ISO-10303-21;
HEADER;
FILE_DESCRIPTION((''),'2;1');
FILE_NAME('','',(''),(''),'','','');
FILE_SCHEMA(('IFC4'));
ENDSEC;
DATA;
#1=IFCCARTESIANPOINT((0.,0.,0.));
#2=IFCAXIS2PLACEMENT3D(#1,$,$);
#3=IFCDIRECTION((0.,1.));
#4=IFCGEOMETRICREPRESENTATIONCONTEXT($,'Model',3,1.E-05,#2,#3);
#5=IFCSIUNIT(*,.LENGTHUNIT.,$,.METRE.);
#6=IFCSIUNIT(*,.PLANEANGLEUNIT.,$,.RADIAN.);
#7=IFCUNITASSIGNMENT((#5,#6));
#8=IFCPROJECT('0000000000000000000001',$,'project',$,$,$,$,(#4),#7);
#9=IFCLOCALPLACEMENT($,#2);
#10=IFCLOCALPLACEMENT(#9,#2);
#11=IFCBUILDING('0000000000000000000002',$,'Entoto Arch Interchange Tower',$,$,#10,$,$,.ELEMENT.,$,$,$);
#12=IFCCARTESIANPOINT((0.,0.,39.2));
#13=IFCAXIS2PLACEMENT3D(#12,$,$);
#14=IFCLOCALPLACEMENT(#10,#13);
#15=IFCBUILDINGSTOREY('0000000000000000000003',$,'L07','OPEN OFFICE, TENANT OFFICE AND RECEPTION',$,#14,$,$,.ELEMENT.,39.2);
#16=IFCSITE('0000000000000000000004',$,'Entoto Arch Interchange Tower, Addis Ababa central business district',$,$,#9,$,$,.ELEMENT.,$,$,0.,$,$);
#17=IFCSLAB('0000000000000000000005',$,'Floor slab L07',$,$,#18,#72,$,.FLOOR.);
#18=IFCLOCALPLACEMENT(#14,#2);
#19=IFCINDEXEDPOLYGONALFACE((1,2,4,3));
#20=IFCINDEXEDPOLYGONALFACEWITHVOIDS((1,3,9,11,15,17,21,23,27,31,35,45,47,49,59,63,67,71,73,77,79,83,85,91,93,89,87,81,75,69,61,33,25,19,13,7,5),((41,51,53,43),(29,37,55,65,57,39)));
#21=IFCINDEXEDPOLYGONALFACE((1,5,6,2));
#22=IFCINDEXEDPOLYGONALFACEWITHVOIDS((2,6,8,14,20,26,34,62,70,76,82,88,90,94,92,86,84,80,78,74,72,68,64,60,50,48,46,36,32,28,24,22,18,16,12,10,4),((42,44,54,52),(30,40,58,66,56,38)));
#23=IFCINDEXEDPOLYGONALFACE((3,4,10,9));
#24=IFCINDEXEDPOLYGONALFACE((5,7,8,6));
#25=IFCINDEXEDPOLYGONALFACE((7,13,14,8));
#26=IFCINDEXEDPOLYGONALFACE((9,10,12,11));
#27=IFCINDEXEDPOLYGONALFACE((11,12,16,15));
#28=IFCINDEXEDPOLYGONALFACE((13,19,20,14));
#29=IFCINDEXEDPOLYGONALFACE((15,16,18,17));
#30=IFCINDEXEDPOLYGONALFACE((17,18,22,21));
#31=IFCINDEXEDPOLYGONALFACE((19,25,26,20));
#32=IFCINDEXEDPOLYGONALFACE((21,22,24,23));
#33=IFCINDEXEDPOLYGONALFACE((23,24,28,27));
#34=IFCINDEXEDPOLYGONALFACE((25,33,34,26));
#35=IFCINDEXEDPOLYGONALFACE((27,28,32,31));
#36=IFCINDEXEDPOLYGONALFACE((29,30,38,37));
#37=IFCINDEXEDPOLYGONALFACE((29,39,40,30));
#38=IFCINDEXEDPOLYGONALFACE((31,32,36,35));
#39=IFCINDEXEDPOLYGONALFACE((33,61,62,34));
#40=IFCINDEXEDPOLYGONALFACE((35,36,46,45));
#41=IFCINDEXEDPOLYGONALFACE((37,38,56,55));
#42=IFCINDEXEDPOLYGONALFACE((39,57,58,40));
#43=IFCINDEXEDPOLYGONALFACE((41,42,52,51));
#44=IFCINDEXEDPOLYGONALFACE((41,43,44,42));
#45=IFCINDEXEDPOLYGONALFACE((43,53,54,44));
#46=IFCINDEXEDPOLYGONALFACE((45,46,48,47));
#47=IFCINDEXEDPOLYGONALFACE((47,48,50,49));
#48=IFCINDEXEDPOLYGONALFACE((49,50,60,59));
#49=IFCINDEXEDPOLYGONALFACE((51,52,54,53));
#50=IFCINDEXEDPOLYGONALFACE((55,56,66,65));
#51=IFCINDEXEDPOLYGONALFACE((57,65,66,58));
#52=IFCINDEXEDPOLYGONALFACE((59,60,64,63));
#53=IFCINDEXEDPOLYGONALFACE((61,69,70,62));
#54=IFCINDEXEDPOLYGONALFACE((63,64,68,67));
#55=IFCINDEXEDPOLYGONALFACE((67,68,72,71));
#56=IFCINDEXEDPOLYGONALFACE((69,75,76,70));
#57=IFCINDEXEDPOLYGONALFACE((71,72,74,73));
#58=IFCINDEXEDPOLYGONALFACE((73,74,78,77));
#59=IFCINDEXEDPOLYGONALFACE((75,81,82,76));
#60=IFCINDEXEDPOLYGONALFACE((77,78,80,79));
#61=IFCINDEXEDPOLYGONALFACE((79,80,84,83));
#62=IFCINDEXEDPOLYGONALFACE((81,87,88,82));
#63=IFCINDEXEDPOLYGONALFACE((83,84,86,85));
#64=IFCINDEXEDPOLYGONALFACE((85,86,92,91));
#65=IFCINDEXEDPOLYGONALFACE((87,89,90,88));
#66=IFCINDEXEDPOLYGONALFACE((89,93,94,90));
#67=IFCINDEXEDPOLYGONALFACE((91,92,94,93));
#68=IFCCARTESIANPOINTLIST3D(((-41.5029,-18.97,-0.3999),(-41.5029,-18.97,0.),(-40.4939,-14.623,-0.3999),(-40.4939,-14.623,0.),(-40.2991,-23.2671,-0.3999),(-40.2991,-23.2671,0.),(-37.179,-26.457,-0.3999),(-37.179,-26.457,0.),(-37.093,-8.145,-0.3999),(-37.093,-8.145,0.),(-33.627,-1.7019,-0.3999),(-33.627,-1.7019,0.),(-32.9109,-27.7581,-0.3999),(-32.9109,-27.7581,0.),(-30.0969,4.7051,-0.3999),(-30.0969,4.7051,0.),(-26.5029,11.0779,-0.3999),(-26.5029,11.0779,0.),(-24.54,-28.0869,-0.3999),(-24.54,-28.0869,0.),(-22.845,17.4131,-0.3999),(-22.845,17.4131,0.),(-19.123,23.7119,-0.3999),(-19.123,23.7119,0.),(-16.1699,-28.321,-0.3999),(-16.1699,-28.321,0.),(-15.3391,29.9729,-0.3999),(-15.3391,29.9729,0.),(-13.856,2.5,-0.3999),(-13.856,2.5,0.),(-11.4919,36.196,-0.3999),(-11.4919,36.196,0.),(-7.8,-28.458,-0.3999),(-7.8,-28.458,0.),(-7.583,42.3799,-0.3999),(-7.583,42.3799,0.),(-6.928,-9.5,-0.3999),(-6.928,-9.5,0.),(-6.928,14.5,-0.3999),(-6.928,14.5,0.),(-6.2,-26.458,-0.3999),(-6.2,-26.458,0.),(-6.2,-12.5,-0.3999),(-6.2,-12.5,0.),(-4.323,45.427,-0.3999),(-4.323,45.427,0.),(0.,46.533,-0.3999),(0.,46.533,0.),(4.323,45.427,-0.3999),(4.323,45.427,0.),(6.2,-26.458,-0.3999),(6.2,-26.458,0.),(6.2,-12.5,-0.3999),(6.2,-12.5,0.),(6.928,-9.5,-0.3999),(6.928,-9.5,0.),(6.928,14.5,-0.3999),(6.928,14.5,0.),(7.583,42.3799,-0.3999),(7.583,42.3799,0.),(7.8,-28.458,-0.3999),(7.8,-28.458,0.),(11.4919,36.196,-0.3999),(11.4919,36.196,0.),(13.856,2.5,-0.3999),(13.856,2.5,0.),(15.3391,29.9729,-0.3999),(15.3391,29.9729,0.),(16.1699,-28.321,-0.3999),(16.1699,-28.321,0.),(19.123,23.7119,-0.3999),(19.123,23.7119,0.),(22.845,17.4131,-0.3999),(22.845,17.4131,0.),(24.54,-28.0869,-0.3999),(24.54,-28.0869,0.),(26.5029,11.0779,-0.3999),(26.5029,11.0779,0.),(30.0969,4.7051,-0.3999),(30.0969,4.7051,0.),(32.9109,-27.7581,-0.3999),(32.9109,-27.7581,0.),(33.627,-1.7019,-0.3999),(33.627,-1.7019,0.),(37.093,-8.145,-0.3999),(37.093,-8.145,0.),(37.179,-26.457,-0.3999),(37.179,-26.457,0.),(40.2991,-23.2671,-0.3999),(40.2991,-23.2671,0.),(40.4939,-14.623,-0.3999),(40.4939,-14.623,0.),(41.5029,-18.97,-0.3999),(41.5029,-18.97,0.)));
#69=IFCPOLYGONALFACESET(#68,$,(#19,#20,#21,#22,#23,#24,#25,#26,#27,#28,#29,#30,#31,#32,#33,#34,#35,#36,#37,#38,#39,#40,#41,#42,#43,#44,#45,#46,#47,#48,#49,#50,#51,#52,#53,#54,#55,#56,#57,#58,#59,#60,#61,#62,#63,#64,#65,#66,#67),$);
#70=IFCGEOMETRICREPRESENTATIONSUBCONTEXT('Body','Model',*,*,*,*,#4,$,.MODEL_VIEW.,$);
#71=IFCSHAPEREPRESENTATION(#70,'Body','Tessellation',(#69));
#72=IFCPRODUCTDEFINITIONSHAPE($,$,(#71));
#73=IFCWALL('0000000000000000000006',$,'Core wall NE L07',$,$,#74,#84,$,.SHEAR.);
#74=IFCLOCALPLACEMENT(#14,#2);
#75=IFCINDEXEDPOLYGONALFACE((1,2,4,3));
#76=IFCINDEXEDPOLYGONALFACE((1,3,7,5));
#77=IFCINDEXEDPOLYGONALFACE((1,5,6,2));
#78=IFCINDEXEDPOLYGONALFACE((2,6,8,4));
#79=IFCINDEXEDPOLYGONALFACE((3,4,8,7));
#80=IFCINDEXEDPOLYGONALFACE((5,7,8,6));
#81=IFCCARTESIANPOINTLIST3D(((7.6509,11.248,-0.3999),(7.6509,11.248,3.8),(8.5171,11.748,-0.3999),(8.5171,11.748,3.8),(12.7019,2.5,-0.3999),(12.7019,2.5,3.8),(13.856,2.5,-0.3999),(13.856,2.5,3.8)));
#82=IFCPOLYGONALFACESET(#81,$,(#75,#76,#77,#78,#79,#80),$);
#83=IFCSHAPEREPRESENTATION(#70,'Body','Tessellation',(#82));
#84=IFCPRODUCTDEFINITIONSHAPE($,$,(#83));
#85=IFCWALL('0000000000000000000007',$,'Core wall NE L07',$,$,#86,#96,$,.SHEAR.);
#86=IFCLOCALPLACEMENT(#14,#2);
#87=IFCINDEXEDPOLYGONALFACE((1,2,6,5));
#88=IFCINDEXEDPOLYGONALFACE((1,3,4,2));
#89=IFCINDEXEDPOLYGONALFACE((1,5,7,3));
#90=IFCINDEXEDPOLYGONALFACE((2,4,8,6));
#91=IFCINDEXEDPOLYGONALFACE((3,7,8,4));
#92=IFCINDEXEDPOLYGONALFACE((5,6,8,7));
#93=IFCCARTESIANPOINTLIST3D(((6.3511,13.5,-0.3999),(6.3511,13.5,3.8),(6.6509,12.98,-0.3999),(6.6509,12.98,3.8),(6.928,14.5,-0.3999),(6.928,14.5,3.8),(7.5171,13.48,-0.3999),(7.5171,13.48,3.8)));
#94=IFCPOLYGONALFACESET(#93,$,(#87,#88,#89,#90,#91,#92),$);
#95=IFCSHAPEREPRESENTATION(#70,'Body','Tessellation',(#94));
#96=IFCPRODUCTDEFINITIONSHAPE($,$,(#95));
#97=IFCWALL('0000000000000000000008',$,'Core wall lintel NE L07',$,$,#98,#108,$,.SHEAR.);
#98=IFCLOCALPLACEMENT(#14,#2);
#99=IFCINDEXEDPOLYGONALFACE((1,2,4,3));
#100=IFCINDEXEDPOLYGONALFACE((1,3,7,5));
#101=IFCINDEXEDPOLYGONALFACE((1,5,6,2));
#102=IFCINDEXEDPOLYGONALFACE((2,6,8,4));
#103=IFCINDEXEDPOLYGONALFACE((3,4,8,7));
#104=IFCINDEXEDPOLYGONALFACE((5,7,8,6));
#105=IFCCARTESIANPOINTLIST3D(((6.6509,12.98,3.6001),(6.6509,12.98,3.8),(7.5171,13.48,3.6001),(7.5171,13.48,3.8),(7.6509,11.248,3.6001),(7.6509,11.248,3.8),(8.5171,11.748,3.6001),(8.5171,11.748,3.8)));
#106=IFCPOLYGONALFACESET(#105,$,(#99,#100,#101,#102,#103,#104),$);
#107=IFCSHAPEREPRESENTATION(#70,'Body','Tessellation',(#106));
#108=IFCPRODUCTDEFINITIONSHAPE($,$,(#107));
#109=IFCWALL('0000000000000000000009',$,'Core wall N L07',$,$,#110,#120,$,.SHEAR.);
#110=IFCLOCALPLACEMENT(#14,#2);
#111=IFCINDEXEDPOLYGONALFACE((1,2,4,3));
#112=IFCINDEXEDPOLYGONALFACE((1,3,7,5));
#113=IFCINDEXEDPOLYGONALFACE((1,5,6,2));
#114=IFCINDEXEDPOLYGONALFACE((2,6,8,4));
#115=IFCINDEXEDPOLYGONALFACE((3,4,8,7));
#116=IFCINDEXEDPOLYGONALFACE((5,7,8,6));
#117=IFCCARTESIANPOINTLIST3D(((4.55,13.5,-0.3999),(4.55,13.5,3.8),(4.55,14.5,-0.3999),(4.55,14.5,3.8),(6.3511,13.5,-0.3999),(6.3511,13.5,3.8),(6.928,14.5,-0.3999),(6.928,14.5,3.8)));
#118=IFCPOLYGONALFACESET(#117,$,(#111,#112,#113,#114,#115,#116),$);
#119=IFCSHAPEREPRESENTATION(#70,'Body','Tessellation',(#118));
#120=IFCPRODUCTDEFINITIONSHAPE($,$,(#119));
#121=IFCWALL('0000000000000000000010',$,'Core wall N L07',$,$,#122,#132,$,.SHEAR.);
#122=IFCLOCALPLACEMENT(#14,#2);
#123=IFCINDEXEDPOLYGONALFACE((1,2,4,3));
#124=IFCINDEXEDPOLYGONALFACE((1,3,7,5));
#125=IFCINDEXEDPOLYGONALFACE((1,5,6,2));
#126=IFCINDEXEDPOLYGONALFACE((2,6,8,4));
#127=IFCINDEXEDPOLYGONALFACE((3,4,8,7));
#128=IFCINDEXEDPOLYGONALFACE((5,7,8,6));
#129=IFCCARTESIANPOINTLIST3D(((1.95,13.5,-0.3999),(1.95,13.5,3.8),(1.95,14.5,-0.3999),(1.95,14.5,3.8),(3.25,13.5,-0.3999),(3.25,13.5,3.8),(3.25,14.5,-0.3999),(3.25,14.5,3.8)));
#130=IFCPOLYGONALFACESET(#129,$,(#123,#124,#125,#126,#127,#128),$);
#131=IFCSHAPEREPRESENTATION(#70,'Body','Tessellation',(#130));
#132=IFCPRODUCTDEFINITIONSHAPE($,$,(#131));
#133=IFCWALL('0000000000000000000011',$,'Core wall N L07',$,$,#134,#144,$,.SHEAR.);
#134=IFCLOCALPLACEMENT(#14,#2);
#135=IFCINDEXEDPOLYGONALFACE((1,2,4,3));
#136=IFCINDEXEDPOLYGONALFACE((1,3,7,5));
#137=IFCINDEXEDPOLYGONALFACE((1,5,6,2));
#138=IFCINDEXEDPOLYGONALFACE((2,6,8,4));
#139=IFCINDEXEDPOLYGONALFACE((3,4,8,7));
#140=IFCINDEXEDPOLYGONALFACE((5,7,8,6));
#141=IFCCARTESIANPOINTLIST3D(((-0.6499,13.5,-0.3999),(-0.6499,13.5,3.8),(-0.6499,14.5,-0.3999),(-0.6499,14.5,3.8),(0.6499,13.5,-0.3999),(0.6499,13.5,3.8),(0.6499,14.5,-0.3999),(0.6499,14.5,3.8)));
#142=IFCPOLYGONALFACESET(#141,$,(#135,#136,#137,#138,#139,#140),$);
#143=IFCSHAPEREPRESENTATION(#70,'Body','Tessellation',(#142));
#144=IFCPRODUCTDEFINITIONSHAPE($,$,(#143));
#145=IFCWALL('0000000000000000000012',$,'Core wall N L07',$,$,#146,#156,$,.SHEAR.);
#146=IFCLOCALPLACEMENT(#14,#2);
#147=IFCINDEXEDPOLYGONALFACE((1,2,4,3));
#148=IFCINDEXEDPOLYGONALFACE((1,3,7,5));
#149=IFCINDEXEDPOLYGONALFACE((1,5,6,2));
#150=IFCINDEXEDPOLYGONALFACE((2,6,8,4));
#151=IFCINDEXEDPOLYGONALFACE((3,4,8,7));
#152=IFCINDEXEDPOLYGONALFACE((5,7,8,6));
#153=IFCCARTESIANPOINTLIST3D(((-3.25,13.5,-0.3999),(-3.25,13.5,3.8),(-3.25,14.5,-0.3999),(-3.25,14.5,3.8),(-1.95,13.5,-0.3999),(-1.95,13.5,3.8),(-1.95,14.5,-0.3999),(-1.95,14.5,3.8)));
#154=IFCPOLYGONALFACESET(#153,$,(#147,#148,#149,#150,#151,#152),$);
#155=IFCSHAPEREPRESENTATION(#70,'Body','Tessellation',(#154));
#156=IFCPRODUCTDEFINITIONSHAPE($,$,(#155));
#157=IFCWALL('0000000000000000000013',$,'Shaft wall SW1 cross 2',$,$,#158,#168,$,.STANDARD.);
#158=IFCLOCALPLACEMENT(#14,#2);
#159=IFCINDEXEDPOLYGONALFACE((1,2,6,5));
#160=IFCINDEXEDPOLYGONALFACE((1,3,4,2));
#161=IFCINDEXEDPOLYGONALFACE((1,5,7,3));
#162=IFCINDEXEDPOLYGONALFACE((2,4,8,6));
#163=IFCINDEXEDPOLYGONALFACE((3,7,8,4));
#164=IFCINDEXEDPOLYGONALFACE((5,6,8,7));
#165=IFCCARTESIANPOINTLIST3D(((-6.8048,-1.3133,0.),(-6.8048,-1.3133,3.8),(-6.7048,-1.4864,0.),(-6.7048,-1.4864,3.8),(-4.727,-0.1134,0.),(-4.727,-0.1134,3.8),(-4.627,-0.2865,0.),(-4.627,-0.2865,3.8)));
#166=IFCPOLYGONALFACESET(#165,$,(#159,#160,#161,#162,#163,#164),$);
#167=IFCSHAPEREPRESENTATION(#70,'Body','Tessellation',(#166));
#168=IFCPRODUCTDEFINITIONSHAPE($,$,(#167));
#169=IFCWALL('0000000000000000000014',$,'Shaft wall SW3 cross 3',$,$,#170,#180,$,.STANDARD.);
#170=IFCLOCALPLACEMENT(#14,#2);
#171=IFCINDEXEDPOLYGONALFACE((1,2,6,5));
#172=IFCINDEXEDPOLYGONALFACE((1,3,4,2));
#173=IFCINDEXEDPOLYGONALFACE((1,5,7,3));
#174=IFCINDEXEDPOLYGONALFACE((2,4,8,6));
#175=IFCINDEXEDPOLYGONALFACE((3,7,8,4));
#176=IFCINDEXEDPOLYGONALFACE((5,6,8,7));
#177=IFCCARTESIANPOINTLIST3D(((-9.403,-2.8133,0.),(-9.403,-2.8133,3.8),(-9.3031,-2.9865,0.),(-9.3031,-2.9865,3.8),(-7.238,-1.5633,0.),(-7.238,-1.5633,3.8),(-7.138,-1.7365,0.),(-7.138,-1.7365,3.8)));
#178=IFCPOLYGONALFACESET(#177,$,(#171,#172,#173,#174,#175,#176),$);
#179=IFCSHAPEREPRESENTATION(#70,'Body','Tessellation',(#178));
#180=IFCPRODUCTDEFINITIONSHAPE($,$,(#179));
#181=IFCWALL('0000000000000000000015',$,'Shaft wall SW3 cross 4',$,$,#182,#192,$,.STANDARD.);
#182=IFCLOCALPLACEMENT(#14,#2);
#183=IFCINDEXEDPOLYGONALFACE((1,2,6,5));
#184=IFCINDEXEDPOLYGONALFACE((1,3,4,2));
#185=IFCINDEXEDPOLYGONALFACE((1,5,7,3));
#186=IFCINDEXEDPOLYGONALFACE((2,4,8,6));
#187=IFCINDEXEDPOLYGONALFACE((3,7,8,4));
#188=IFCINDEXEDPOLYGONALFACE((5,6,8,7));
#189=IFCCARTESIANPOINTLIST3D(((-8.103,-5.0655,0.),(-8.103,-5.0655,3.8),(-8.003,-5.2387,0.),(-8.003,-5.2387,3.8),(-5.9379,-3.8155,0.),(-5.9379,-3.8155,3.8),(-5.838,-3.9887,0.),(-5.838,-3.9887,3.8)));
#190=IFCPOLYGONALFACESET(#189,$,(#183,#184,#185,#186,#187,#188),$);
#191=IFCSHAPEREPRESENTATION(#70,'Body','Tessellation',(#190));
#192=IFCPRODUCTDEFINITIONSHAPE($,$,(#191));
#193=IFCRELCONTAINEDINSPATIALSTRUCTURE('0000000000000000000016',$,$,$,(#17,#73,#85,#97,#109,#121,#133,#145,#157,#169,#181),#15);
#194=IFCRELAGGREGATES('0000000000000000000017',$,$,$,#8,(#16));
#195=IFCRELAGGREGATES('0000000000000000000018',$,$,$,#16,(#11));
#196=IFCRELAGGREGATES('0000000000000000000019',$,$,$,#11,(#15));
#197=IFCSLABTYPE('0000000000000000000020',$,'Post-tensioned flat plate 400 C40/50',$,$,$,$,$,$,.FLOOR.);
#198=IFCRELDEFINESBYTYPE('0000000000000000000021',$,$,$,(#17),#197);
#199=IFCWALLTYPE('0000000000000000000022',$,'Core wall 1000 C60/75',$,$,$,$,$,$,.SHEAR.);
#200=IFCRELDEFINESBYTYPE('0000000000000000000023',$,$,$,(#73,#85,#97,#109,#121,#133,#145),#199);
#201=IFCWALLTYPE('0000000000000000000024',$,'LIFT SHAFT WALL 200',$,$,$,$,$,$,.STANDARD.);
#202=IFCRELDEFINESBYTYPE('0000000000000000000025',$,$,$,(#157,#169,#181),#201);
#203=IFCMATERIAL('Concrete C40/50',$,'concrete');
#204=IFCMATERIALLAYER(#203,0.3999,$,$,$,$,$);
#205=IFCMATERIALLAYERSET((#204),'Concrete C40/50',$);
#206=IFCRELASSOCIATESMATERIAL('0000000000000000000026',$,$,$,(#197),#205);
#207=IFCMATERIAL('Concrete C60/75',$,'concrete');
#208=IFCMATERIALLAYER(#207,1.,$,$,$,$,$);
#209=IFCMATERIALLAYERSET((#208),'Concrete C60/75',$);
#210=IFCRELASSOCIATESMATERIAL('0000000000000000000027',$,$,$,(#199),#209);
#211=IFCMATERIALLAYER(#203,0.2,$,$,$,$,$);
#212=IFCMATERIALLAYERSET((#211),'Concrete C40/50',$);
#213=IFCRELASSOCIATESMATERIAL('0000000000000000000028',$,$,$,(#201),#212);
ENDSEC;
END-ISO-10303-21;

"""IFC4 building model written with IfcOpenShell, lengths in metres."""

from ifc_helpers import new_model, si_unit, direction, frame, frame_2d, origin, place, context, subcontext, project, spatial, polyline, rectangle, outline, extrude, material, layer, layer_set, type_object, element, save


model = new_model("IFC4")

# Units and contexts
model_context = context("Model", 3, precision=1e-05, world=origin(), true_north=direction((0.0, 1.0)))
body_context = subcontext(model_context, "Body", "Model", "MODEL_VIEW")
ifc_project = project(units=[si_unit("LENGTHUNIT", "METRE"), si_unit("PLANEANGLEUNIT", "RADIAN")], contexts=[model_context])

# Site, building, storey
site_placement = place(None, origin())
site = spatial("IfcSite", under=ifc_project, at=site_placement, Name="Entoto Arch Interchange Tower, Addis Ababa central business district", CompositionType="ELEMENT", RefElevation=0.0)
building_placement = place(site_placement, origin())
building = spatial("IfcBuilding", under=site, at=building_placement, Name="Entoto Arch Interchange Tower", CompositionType="ELEMENT")
storey_placement = place(building_placement, frame((0.0, 0.0, 39.2)))
storey = spatial("IfcBuildingStorey", under=building, at=storey_placement, Name="L07", Description="OPEN OFFICE, TENANT OFFICE AND RECEPTION", CompositionType="ELEMENT", Elevation=39.2)

# Slab
ifc_material_1 = material(Name="Concrete C40/50", Category="concrete")
ifc_layer_1 = layer(ifc_material_1, 0.3999)
ifc_layer_set_1 = layer_set([ifc_layer_1], Name="Concrete C40/50")
slab_type = type_object("IfcSlabType", Name="Post-tensioned flat plate 400 C40/50", PredefinedType="FLOOR", material=ifc_layer_set_1)
slab_placement = place(storey_placement, frame((0.0, 0.0, -0.3999)))
element("IfcSlab", 1, at=slab_placement, inside=storey, type_object=slab_type, Name="Floor slab L07", PredefinedType="FLOOR", context=body_context, shape_type="SweptSolid", body=[
    extrude(outline(polyline([(-32.9109, -27.7581), (-24.54, -28.0869), (-16.1699, -28.321), (-7.8, -28.458), (7.8, -28.458), (16.1699, -28.321), (24.54, -28.0869), (32.9109, -27.7581), (37.179, -26.457), (40.2991, -23.2671), (41.5029, -18.97), (40.4939, -14.623), (37.093, -8.145), (33.627, -1.7019), (30.0969, 4.7051), (26.5029, 11.0779), (22.845, 17.4131), (19.123, 23.7119), (15.3391, 29.9729), (11.4919, 36.196), (7.583, 42.3799), (4.323, 45.427), (0.0, 46.533), (-4.323, 45.427), (-7.583, 42.3799), (-11.4919, 36.196), (-15.3391, 29.9729), (-19.123, 23.7119), (-22.845, 17.4131), (-26.5029, 11.0779), (-30.0969, 4.7051), (-33.627, -1.7019), (-37.093, -8.145), (-40.4939, -14.623), (-41.5029, -18.97), (-40.2991, -23.2671), (-37.179, -26.457), (-32.9109, -27.7581)]), holes=[polyline([(6.2, -26.458), (6.2, -12.5), (-6.2, -12.5), (-6.2, -26.458), (6.2, -26.458)]), polyline([(13.856, 2.5), (6.928, 14.5), (-6.928, 14.5), (-13.856, 2.5), (-6.928, -9.5), (6.928, -9.5), (13.856, 2.5)])]), origin(), (0.0, 0.0, 1.0), 0.3999),
])

# Walls
ifc_material_2 = material(Name="Concrete C60/75", Category="concrete")
ifc_layer_2 = layer(ifc_material_2, 1.0)
ifc_layer_set_2 = layer_set([ifc_layer_2], Name="Concrete C60/75")
wall_type_1 = type_object("IfcWallType", Name="Core wall 1000 C60/75", PredefinedType="SHEAR", material=ifc_layer_set_2)
wall_1_placement = place(storey_placement, frame((0.0, 0.0, -0.3999)))
element("IfcWall", 2, at=wall_1_placement, inside=storey, type_object=wall_type_1, Name="Core wall NE L07", PredefinedType="SHEAR", context=body_context, shape_type="SweptSolid", body=[
    extrude(outline(polyline([(8.5171, 11.748), (7.6509, 11.248), (12.7019, 2.5), (13.856, 2.5), (8.5171, 11.748)])), origin(), (0.0, 0.0, 1.0), 4.2),
])
wall_2_placement = place(storey_placement, frame((0.0, 0.0, -0.3999)))
element("IfcWall", 3, at=wall_2_placement, inside=storey, type_object=wall_type_1, Name="Core wall NE L07", PredefinedType="SHEAR", context=body_context, shape_type="SweptSolid", body=[
    extrude(outline(polyline([(6.6509, 12.98), (7.5171, 13.48), (6.928, 14.5), (6.3511, 13.5), (6.6509, 12.98)])), origin(), (0.0, 0.0, 1.0), 4.2),
])
wall_3_placement = place(storey_placement, frame((0.0, 0.0, 3.6001)))
element("IfcWall", 4, at=wall_3_placement, inside=storey, type_object=wall_type_1, Name="Core wall lintel NE L07", PredefinedType="SHEAR", context=body_context, shape_type="SweptSolid", body=[
    extrude(outline(polyline([(7.5171, 13.48), (6.6509, 12.98), (7.6509, 11.248), (8.5171, 11.748), (7.5171, 13.48)])), origin(), (0.0, 0.0, 1.0), 0.2),
])
wall_4_placement = place(storey_placement, frame((0.0, 0.0, -0.3999)))
element("IfcWall", 5, at=wall_4_placement, inside=storey, type_object=wall_type_1, Name="Core wall N L07", PredefinedType="SHEAR", context=body_context, shape_type="SweptSolid", body=[
    extrude(outline(polyline([(4.55, 14.5), (4.55, 13.5), (6.3511, 13.5), (6.928, 14.5), (4.55, 14.5)])), origin(), (0.0, 0.0, 1.0), 4.2),
])
wall_5_placement = place(storey_placement, frame((0.0, 0.0, -0.3999)))
element("IfcWall", 6, at=wall_5_placement, inside=storey, type_object=wall_type_1, Name="Core wall N L07", PredefinedType="SHEAR", context=body_context, shape_type="SweptSolid", body=[
    extrude(outline(polyline([(1.95, 14.5), (1.95, 13.5), (3.25, 13.5), (3.25, 14.5), (1.95, 14.5)])), origin(), (0.0, 0.0, 1.0), 4.2),
])
wall_6_placement = place(storey_placement, frame((0.0, 0.0, -0.3999)))
element("IfcWall", 7, at=wall_6_placement, inside=storey, type_object=wall_type_1, Name="Core wall N L07", PredefinedType="SHEAR", context=body_context, shape_type="SweptSolid", body=[
    extrude(outline(polyline([(-0.6499, 14.5), (-0.6499, 13.5), (0.6499, 13.5), (0.6499, 14.5), (-0.6499, 14.5)])), origin(), (0.0, 0.0, 1.0), 4.2),
])
wall_7_placement = place(storey_placement, frame((0.0, 0.0, -0.3999)))
element("IfcWall", 8, at=wall_7_placement, inside=storey, type_object=wall_type_1, Name="Core wall N L07", PredefinedType="SHEAR", context=body_context, shape_type="SweptSolid", body=[
    extrude(outline(polyline([(-3.25, 14.5), (-3.25, 13.5), (-1.95, 13.5), (-1.95, 14.5), (-3.25, 14.5)])), origin(), (0.0, 0.0, 1.0), 4.2),
])
ifc_layer_3 = layer(ifc_material_1, 0.2)
ifc_layer_set_3 = layer_set([ifc_layer_3], Name="Concrete C40/50")
wall_type_2 = type_object("IfcWallType", Name="LIFT SHAFT WALL 200", PredefinedType="STANDARD", material=ifc_layer_set_3)
wall_8_placement = place(storey_placement, frame((-4.677, -0.2, 0.0), z_axis=(0.0, 0.0, 1.0), x_axis=(-0.865974, -0.500089, 0.0)))
element("IfcWall", 9, at=wall_8_placement, inside=storey, type_object=wall_type_2, Name="Shaft wall SW1 cross 2", PredefinedType="STANDARD", context=body_context, shape_type="SweptSolid", body=[
    extrude(rectangle(XDim=2.3994, YDim=0.2, at=frame_2d((1.1997, 0.0))), origin(), (0.0, 0.0, 1.0), 3.8),
])
for number, where, z_axis, x_axis, name in (
    (10, (-7.188, -1.6499, 0.0), (0.0, 0.0, 1.0), (-0.866023, -0.500004, 0.0), "Shaft wall SW3 cross 3"),
    (11, (-5.8879, -3.9021, 0.0), (0.0, 0.0, 1.0), (-0.866023, -0.500004, 0.0), "Shaft wall SW3 cross 4"),
):
    element("IfcWall", number, at=place(storey_placement, frame(where, z_axis=z_axis, x_axis=x_axis)), inside=storey, type_object=wall_type_2, Name=name, PredefinedType="STANDARD", context=body_context, shape_type="SweptSolid", body=[
        extrude(rectangle(XDim=2.5, YDim=0.2, at=frame_2d((1.25, 0.0))), origin(), (0.0, 0.0, 1.0), 3.8),
    ])

save(model, "model.ifc")
